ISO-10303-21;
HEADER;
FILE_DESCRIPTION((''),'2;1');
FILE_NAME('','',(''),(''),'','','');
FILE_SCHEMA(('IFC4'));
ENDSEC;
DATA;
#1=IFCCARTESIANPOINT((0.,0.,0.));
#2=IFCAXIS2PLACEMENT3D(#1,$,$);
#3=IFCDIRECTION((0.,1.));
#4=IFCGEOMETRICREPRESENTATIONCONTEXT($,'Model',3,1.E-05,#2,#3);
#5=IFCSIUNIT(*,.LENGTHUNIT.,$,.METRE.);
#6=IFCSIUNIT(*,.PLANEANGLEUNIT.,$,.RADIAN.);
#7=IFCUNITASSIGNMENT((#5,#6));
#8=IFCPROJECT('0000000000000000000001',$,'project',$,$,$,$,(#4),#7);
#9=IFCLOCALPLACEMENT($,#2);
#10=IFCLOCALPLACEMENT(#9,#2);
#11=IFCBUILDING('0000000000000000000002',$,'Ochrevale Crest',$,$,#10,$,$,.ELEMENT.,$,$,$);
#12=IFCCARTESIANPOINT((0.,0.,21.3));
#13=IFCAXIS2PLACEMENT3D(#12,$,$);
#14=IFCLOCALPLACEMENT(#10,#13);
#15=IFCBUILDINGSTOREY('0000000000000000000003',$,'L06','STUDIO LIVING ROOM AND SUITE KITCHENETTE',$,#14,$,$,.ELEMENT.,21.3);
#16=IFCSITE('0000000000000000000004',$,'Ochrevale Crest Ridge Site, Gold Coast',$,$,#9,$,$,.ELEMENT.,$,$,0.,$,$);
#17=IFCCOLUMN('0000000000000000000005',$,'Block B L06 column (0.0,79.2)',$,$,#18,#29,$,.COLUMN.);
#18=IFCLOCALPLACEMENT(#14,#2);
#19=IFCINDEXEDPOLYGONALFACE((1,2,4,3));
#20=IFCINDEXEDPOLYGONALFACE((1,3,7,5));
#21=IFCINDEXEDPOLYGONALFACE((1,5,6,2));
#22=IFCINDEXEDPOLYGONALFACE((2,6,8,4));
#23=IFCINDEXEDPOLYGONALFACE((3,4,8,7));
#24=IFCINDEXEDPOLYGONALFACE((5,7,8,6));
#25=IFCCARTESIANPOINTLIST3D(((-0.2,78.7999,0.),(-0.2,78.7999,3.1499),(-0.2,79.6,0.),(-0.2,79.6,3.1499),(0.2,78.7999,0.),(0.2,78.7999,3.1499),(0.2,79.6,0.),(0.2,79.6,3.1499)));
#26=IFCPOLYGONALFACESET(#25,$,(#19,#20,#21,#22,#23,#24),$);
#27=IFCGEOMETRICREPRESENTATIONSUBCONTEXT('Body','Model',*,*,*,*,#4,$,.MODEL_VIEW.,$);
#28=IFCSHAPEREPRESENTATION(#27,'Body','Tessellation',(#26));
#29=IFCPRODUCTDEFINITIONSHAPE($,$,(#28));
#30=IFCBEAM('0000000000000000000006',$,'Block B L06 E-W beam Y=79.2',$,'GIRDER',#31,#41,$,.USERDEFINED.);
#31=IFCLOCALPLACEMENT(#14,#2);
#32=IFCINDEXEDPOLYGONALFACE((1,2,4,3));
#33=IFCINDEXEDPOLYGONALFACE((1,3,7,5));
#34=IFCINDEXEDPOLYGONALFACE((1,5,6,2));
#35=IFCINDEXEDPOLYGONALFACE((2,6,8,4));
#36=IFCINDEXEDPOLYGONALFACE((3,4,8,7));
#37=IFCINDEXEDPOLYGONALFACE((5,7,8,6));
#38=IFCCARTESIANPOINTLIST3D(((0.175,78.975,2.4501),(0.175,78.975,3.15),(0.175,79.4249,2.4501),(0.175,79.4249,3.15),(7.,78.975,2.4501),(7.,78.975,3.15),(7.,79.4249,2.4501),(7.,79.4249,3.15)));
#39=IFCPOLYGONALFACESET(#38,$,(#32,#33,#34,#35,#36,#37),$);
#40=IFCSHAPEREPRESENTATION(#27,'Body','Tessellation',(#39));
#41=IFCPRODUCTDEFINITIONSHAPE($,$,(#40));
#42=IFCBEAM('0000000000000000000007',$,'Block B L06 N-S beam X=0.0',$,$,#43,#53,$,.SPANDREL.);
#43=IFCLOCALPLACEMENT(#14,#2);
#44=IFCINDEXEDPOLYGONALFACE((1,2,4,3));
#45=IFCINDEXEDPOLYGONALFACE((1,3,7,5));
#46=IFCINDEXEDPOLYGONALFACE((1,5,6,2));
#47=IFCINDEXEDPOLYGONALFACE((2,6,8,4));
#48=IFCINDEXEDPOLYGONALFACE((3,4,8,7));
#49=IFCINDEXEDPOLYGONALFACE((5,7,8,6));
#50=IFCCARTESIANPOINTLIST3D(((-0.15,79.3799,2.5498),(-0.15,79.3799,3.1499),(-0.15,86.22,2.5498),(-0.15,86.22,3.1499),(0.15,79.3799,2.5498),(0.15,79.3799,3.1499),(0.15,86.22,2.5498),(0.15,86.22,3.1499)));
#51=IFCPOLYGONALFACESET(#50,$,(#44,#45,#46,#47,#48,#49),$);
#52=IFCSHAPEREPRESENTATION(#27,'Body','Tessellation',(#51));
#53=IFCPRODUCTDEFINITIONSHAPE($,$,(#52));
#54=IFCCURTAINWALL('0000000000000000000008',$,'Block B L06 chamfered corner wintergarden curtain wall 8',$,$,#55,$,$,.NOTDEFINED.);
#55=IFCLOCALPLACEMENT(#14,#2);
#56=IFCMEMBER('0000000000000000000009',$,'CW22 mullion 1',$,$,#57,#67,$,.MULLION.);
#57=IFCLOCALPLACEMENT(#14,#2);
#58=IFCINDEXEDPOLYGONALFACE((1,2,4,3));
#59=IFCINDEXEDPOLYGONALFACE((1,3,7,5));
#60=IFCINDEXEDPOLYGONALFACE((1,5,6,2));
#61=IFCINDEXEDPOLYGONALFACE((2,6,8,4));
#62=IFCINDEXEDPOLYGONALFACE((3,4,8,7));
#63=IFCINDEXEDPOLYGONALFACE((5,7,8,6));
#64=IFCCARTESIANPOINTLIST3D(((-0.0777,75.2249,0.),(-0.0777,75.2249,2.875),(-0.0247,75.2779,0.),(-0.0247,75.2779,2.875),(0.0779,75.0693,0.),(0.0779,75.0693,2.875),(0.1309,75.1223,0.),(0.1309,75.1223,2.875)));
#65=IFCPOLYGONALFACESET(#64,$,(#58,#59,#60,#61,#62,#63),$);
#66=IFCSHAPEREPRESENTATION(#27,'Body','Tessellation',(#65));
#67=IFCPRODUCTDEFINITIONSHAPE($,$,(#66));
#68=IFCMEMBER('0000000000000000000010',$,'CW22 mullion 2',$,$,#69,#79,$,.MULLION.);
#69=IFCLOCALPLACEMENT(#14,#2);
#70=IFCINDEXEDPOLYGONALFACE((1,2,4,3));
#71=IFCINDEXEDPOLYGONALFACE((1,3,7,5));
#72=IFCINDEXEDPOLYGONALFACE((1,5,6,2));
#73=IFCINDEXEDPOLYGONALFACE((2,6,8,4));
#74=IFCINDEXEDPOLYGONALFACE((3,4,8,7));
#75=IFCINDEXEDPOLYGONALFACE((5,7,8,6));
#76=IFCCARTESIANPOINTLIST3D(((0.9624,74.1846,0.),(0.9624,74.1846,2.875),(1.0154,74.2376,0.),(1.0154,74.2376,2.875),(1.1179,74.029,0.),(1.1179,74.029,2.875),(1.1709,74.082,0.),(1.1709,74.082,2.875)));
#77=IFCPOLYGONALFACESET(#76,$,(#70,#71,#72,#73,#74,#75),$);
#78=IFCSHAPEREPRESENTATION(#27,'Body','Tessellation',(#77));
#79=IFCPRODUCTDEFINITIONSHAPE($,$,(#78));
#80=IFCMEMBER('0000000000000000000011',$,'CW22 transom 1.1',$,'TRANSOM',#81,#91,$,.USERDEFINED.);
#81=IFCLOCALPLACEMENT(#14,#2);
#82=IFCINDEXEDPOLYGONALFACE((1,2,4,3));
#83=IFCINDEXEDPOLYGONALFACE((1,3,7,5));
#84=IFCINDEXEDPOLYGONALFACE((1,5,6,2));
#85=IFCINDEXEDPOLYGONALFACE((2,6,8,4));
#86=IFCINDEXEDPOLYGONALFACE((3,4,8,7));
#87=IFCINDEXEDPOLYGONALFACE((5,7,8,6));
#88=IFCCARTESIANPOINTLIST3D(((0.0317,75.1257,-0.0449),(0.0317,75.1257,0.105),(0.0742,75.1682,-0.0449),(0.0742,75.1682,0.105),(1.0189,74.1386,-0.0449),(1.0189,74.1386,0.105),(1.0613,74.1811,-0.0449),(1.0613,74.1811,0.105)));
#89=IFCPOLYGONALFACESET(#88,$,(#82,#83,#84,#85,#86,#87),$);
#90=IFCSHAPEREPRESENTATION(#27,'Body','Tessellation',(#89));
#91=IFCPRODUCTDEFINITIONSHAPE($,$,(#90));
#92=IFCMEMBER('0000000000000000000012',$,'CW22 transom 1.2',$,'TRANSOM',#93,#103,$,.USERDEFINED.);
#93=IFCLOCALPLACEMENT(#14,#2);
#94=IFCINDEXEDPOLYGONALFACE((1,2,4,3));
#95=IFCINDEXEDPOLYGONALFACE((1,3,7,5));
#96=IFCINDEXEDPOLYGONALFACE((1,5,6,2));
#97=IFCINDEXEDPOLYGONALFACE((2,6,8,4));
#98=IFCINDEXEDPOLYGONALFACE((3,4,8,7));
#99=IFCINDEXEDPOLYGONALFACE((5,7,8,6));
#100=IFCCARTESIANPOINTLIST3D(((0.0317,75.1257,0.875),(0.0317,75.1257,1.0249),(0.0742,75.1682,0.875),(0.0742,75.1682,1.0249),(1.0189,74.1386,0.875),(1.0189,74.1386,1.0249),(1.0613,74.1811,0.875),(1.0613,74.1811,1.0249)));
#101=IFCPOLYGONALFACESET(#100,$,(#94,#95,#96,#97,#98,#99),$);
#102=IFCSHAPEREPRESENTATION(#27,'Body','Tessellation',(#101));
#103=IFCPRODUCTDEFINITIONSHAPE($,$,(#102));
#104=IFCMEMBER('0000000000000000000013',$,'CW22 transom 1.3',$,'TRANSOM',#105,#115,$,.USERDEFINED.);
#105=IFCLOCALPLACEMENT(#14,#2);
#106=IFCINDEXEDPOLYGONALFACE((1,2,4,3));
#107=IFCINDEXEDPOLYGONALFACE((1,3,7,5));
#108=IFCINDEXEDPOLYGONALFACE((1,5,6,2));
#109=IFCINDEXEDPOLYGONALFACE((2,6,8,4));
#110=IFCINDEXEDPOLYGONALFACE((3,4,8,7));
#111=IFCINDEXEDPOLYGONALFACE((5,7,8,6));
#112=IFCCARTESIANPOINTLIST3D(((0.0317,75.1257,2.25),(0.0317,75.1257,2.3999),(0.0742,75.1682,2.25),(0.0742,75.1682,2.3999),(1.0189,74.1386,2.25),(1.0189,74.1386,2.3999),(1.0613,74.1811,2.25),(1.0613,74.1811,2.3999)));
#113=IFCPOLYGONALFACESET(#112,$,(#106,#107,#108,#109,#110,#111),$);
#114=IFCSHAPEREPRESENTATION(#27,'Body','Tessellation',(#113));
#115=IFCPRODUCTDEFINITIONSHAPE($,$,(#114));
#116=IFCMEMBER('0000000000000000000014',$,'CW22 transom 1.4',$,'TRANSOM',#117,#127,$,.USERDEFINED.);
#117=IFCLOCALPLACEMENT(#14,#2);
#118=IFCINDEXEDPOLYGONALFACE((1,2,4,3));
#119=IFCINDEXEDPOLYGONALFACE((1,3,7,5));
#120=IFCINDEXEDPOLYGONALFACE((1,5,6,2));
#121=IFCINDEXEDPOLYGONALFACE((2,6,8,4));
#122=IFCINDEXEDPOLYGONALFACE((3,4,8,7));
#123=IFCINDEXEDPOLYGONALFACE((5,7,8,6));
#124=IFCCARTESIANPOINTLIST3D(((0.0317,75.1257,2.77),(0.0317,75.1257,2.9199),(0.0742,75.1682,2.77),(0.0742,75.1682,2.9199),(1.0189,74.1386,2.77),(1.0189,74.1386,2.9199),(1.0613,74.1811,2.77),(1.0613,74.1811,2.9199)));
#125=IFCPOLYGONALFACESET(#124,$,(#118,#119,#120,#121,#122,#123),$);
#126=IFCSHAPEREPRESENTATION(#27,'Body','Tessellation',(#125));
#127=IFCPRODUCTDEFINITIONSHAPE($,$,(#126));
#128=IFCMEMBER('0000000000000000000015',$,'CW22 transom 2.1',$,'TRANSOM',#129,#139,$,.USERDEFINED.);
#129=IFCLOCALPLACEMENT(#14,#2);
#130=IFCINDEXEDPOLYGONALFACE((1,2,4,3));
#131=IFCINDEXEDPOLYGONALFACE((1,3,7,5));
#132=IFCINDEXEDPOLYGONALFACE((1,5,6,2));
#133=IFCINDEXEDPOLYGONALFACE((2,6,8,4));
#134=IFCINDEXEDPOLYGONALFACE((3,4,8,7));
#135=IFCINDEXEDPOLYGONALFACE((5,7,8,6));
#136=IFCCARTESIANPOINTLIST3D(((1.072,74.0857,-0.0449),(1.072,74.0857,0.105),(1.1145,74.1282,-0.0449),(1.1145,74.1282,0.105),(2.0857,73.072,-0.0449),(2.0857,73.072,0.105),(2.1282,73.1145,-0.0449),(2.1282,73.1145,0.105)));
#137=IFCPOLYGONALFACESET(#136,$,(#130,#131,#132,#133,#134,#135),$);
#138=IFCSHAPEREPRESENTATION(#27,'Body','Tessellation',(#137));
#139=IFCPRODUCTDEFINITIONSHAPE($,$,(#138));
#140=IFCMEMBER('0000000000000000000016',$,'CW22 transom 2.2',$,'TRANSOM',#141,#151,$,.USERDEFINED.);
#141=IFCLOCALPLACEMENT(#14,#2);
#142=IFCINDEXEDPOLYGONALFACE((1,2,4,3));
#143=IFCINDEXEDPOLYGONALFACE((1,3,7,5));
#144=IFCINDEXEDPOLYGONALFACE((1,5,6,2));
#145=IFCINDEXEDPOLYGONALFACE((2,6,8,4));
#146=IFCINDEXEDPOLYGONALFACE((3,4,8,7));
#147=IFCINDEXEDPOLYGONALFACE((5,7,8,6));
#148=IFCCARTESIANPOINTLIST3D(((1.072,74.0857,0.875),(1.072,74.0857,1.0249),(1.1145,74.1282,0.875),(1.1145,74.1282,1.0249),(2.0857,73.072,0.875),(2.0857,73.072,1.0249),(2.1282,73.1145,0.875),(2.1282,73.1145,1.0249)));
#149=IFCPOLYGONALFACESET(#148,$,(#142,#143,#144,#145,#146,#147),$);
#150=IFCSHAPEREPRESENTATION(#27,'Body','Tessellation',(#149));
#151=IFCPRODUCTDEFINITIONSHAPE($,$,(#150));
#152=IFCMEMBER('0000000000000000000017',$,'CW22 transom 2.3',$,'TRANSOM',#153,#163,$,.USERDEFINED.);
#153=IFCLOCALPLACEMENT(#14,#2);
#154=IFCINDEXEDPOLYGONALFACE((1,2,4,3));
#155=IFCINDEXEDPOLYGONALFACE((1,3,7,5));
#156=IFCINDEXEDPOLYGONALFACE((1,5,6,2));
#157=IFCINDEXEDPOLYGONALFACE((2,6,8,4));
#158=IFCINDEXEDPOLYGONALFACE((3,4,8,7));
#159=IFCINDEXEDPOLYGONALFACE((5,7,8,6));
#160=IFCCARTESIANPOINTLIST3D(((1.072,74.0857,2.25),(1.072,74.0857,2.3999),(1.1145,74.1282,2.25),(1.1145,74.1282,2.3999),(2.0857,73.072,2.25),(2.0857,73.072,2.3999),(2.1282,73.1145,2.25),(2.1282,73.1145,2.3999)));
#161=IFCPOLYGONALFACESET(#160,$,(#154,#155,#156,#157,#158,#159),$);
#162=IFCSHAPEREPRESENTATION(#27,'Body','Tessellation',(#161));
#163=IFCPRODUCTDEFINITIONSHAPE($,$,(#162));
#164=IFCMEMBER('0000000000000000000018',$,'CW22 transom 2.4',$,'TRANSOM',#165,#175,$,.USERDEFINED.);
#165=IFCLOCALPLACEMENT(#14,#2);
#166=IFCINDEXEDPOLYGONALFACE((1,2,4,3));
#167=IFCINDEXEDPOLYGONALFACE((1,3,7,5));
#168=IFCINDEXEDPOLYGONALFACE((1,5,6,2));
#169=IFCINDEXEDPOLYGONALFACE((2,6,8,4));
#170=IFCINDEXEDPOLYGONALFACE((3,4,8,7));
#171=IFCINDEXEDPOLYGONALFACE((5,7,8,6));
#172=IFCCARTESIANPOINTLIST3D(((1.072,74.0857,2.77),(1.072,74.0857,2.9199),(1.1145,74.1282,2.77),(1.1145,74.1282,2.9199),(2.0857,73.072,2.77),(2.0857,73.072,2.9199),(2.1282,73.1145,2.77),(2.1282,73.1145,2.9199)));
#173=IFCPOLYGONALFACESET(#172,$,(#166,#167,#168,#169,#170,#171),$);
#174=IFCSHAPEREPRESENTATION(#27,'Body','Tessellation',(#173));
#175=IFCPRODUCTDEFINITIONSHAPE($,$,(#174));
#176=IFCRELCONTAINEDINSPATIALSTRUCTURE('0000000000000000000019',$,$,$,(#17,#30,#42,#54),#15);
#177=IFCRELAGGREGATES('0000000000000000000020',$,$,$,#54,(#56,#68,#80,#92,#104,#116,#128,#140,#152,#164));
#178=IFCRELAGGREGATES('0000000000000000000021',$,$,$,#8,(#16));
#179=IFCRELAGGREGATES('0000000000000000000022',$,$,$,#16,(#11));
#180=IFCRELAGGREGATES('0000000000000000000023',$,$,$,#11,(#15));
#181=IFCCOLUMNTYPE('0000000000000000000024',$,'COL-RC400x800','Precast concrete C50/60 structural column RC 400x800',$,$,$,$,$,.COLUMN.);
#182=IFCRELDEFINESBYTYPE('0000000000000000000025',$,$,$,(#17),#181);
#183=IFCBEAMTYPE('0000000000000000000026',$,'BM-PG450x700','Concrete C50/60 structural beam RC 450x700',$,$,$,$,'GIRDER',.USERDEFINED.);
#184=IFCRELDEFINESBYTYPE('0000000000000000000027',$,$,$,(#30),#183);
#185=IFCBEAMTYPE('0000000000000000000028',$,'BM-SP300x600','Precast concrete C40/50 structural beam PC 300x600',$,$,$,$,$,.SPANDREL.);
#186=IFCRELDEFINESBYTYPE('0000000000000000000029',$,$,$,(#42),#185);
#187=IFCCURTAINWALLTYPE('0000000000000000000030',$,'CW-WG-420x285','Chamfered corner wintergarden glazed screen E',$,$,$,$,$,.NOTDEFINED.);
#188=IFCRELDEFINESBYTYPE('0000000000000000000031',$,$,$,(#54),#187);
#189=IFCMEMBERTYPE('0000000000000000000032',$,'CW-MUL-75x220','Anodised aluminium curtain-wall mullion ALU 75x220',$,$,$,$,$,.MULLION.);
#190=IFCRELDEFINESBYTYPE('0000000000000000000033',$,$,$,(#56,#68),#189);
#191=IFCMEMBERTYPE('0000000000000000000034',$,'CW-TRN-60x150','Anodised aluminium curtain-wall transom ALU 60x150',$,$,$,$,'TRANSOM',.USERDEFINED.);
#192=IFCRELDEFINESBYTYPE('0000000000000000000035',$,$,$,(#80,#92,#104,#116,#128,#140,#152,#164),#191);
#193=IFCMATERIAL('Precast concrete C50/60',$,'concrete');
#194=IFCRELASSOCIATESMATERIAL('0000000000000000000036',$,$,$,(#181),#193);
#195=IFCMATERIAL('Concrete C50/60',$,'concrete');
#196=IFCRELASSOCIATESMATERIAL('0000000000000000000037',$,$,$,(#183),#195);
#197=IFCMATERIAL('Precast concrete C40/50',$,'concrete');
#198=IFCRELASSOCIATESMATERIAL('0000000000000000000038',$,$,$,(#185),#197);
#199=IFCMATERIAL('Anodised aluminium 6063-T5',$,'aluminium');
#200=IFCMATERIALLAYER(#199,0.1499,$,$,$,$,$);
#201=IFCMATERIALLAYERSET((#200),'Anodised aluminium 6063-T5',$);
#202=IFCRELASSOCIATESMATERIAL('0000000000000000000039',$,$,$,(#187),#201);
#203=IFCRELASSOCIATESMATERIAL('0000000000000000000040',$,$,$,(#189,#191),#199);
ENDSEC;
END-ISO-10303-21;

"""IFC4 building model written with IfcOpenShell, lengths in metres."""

from ifc_helpers import new_model, si_unit, direction, frame, origin, origin_2d, place, context, subcontext, project, spatial, rectangle, extrude, material, layer, layer_set, material_profile, profile_set, type_object, element, aggregate, save


model = new_model("IFC4")

# Units and contexts
model_context = context("Model", 3, precision=1e-05, world=origin(), true_north=direction((0.0, 1.0)))
body_context = subcontext(model_context, "Body", "Model", "MODEL_VIEW")
ifc_project = project(units=[si_unit("LENGTHUNIT", "METRE"), si_unit("PLANEANGLEUNIT", "RADIAN")], contexts=[model_context])

# Site, building, storey
site_placement = place(None, origin())
site = spatial("IfcSite", under=ifc_project, at=site_placement, Name="Ochrevale Crest Ridge Site, Gold Coast", CompositionType="ELEMENT", RefElevation=0.0)
building_placement = place(site_placement, origin())
building = spatial("IfcBuilding", under=site, at=building_placement, Name="Ochrevale Crest", CompositionType="ELEMENT")
storey_placement = place(building_placement, frame((0.0, 0.0, 21.3)))
storey = spatial("IfcBuildingStorey", under=building, at=storey_placement, Name="L06", Description="STUDIO LIVING ROOM AND SUITE KITCHENETTE", CompositionType="ELEMENT", Elevation=21.3)

# Column
ifc_material_1 = material(Name="Precast concrete C50/60", Category="concrete")
ifc_material_profile_1 = material_profile(ifc_material_1, rectangle(XDim=0.3999, YDim=0.8, at=origin_2d()), Name="RC 400x800")
ifc_profile_set_1 = profile_set([ifc_material_profile_1], Name="Precast concrete C50/60")
column_type = type_object("IfcColumnType", Name="COL-RC400x800", Description="Precast concrete C50/60 structural column RC 400x800", PredefinedType="COLUMN", material=ifc_profile_set_1)
column_placement = place(storey_placement, frame((0.0, 79.2, 0.0), z_axis=(0.0, 0.0, 1.0), x_axis=(1.0, 0.0, 0.0)))
element("IfcColumn", 1, at=column_placement, inside=storey, type_object=column_type, Name="Block B L06 column (0.0,79.2)", PredefinedType="COLUMN", context=body_context, shape_type="SweptSolid", body=[
    extrude(rectangle(XDim=0.3999, YDim=0.8, at=origin_2d()), origin(), (0.0, 0.0, 1.0), 3.1499),
])

# Beams
ifc_material_2 = material(Name="Concrete C50/60", Category="concrete")
ifc_material_profile_2 = material_profile(ifc_material_2, rectangle(XDim=0.45, YDim=0.7, at=origin_2d()), Name="RC 450x700")
ifc_profile_set_2 = profile_set([ifc_material_profile_2], Name="Concrete C50/60")
beam_type_1 = type_object("IfcBeamType", Name="BM-PG450x700", Description="Concrete C50/60 structural beam RC 450x700", ElementType="GIRDER", PredefinedType="USERDEFINED", material=ifc_profile_set_2)
beam_1_placement = place(storey_placement, frame((0.175, 79.2, 2.8), z_axis=(1.0, 0.0, 0.0), x_axis=(0.0, 1.0, 0.0)))
element("IfcBeam", 2, at=beam_1_placement, inside=storey, type_object=beam_type_1, Name="Block B L06 E-W beam Y=79.2", ObjectType="GIRDER", PredefinedType="USERDEFINED", context=body_context, shape_type="SweptSolid", body=[
    extrude(rectangle(XDim=0.45, YDim=0.7, at=origin_2d()), origin(), (0.0, 0.0, 1.0), 6.825),
])
ifc_material_3 = material(Name="Precast concrete C40/50", Category="concrete")
ifc_material_profile_3 = material_profile(ifc_material_3, rectangle(XDim=0.3, YDim=0.6001, at=origin_2d()), Name="PC 300x600")
ifc_profile_set_3 = profile_set([ifc_material_profile_3], Name="Precast concrete C40/50")
beam_type_2 = type_object("IfcBeamType", Name="BM-SP300x600", Description="Precast concrete C40/50 structural beam PC 300x600", PredefinedType="SPANDREL", material=ifc_profile_set_3)
beam_2_placement = place(storey_placement, frame((0.0, 79.3799, 2.8499), z_axis=(0.0, 1.0, 0.0), x_axis=(-1.0, 0.0, 0.0)))
element("IfcBeam", 3, at=beam_2_placement, inside=storey, type_object=beam_type_2, Name="Block B L06 N-S beam X=0.0", PredefinedType="SPANDREL", context=body_context, shape_type="SweptSolid", body=[
    extrude(rectangle(XDim=0.3, YDim=0.6001, at=origin_2d()), origin(), (0.0, 0.0, 1.0), 6.8401),
])

# Curtain wall, members
ifc_material_4 = material(Name="Anodised aluminium 6063-T5", Category="aluminium")
ifc_layer_1 = layer(ifc_material_4, 0.1499)
ifc_layer_set_1 = layer_set([ifc_layer_1], Name="Anodised aluminium 6063-T5")
curtain_wall_type = type_object("IfcCurtainWallType", Name="CW-WG-420x285", Description="Chamfered corner wintergarden glazed screen E", PredefinedType="NOTDEFINED", material=ifc_layer_set_1)
curtain_wall_placement = place(storey_placement, origin())
curtain_wall = element("IfcCurtainWall", 4, at=curtain_wall_placement, inside=storey, type_object=curtain_wall_type, Name="Block B L06 chamfered corner wintergarden curtain wall 8", PredefinedType="NOTDEFINED")
ifc_material_profile_4 = material_profile(ifc_material_4, rectangle(XDim=0.075, YDim=0.22, at=origin_2d()), Name="ALU 75x220")
ifc_profile_set_4 = profile_set([ifc_material_profile_4], Name="Anodised aluminium 6063-T5")
member_type_1 = type_object("IfcMemberType", Name="CW-MUL-75x220", Description="Anodised aluminium curtain-wall mullion ALU 75x220", PredefinedType="MULLION", material=ifc_profile_set_4)
member_1_placement = place(storey_placement, frame((0.0266, 75.1736, 0.0), z_axis=(0.0, 0.0, 1.0), x_axis=(0.707107, 0.707107, 0.0)))
member_1 = element("IfcMember", 5, at=member_1_placement, type_object=member_type_1, Name="CW22 mullion 1", PredefinedType="MULLION", context=body_context, shape_type="SweptSolid", body=[
    extrude(rectangle(XDim=0.075, YDim=0.22, at=origin_2d()), origin(), (0.0, 0.0, 1.0), 2.875),
])
member_2_placement = place(storey_placement, frame((1.0667, 74.1333, 0.0), z_axis=(0.0, 0.0, 1.0), x_axis=(0.707107, 0.707107, 0.0)))
member_2 = element("IfcMember", 6, at=member_2_placement, type_object=member_type_1, Name="CW22 mullion 2", PredefinedType="MULLION", context=body_context, shape_type="SweptSolid", body=[
    extrude(rectangle(XDim=0.075, YDim=0.22, at=origin_2d()), origin(), (0.0, 0.0, 1.0), 2.875),
])
ifc_material_profile_5 = material_profile(ifc_material_4, rectangle(XDim=0.0601, YDim=0.1499, at=origin_2d()), Name="ALU 60x150")
ifc_profile_set_5 = profile_set([ifc_material_profile_5], Name="Anodised aluminium 6063-T5")
member_type_2 = type_object("IfcMemberType", Name="CW-TRN-60x150", Description="Anodised aluminium curtain-wall transom ALU 60x150", ElementType="TRANSOM", PredefinedType="USERDEFINED", material=ifc_profile_set_5)
member_3_placement = place(storey_placement, frame((0.053, 75.147, 0.03), z_axis=(0.707107, -0.707107, 0.0), x_axis=(0.707107, 0.707107, 0.0)))
member_3 = element("IfcMember", 7, at=member_3_placement, type_object=member_type_2, Name="CW22 transom 1.1", ObjectType="TRANSOM", PredefinedType="USERDEFINED", context=body_context, shape_type="SweptSolid", body=[
    extrude(rectangle(XDim=0.0601, YDim=0.1499, at=origin_2d()), origin(), (0.0, 0.0, 1.0), 1.396),
])
member_4_placement = place(storey_placement, frame((0.053, 75.147, 0.95), z_axis=(0.707107, -0.707107, 0.0), x_axis=(0.707107, 0.707107, 0.0)))
member_4 = element("IfcMember", 8, at=member_4_placement, type_object=member_type_2, Name="CW22 transom 1.2", ObjectType="TRANSOM", PredefinedType="USERDEFINED", context=body_context, shape_type="SweptSolid", body=[
    extrude(rectangle(XDim=0.0601, YDim=0.1499, at=origin_2d()), origin(), (0.0, 0.0, 1.0), 1.396),
])
member_5_placement = place(storey_placement, frame((0.053, 75.147, 2.325), z_axis=(0.707107, -0.707107, 0.0), x_axis=(0.707107, 0.707107, 0.0)))
member_5 = element("IfcMember", 9, at=member_5_placement, type_object=member_type_2, Name="CW22 transom 1.3", ObjectType="TRANSOM", PredefinedType="USERDEFINED", context=body_context, shape_type="SweptSolid", body=[
    extrude(rectangle(XDim=0.0601, YDim=0.1499, at=origin_2d()), origin(), (0.0, 0.0, 1.0), 1.396),
])
member_6_placement = place(storey_placement, frame((0.053, 75.147, 2.845), z_axis=(0.707107, -0.707107, 0.0), x_axis=(0.707107, 0.707107, 0.0)))
member_6 = element("IfcMember", 10, at=member_6_placement, type_object=member_type_2, Name="CW22 transom 1.4", ObjectType="TRANSOM", PredefinedType="USERDEFINED", context=body_context, shape_type="SweptSolid", body=[
    extrude(rectangle(XDim=0.0601, YDim=0.1499, at=origin_2d()), origin(), (0.0, 0.0, 1.0), 1.396),
])
member_7_placement = place(storey_placement, frame((1.0933, 74.1069, 0.03), z_axis=(0.707107, -0.707107, 0.0), x_axis=(0.707107, 0.707107, 0.0)))
member_7 = element("IfcMember", 11, at=member_7_placement, type_object=member_type_2, Name="CW22 transom 2.1", ObjectType="TRANSOM", PredefinedType="USERDEFINED", context=body_context, shape_type="SweptSolid", body=[
    extrude(rectangle(XDim=0.0601, YDim=0.1499, at=origin_2d()), origin(), (0.0, 0.0, 1.0), 1.4336),
])
member_8_placement = place(storey_placement, frame((1.0933, 74.1069, 0.95), z_axis=(0.707107, -0.707107, 0.0), x_axis=(0.707107, 0.707107, 0.0)))
member_8 = element("IfcMember", 12, at=member_8_placement, type_object=member_type_2, Name="CW22 transom 2.2", ObjectType="TRANSOM", PredefinedType="USERDEFINED", context=body_context, shape_type="SweptSolid", body=[
    extrude(rectangle(XDim=0.0601, YDim=0.1499, at=origin_2d()), origin(), (0.0, 0.0, 1.0), 1.4336),
])
member_9_placement = place(storey_placement, frame((1.0933, 74.1069, 2.325), z_axis=(0.707107, -0.707107, 0.0), x_axis=(0.707107, 0.707107, 0.0)))
member_9 = element("IfcMember", 13, at=member_9_placement, type_object=member_type_2, Name="CW22 transom 2.3", ObjectType="TRANSOM", PredefinedType="USERDEFINED", context=body_context, shape_type="SweptSolid", body=[
    extrude(rectangle(XDim=0.0601, YDim=0.1499, at=origin_2d()), origin(), (0.0, 0.0, 1.0), 1.4336),
])
member_10_placement = place(storey_placement, frame((1.0933, 74.1069, 2.845), z_axis=(0.707107, -0.707107, 0.0), x_axis=(0.707107, 0.707107, 0.0)))
member_10 = element("IfcMember", 14, at=member_10_placement, type_object=member_type_2, Name="CW22 transom 2.4", ObjectType="TRANSOM", PredefinedType="USERDEFINED", context=body_context, shape_type="SweptSolid", body=[
    extrude(rectangle(XDim=0.0601, YDim=0.1499, at=origin_2d()), origin(), (0.0, 0.0, 1.0), 1.4336),
])
aggregate(curtain_wall, [member_1, member_2, member_3, member_4, member_5, member_6, member_7, member_8, member_9, member_10])

save(model, "model.ifc")
